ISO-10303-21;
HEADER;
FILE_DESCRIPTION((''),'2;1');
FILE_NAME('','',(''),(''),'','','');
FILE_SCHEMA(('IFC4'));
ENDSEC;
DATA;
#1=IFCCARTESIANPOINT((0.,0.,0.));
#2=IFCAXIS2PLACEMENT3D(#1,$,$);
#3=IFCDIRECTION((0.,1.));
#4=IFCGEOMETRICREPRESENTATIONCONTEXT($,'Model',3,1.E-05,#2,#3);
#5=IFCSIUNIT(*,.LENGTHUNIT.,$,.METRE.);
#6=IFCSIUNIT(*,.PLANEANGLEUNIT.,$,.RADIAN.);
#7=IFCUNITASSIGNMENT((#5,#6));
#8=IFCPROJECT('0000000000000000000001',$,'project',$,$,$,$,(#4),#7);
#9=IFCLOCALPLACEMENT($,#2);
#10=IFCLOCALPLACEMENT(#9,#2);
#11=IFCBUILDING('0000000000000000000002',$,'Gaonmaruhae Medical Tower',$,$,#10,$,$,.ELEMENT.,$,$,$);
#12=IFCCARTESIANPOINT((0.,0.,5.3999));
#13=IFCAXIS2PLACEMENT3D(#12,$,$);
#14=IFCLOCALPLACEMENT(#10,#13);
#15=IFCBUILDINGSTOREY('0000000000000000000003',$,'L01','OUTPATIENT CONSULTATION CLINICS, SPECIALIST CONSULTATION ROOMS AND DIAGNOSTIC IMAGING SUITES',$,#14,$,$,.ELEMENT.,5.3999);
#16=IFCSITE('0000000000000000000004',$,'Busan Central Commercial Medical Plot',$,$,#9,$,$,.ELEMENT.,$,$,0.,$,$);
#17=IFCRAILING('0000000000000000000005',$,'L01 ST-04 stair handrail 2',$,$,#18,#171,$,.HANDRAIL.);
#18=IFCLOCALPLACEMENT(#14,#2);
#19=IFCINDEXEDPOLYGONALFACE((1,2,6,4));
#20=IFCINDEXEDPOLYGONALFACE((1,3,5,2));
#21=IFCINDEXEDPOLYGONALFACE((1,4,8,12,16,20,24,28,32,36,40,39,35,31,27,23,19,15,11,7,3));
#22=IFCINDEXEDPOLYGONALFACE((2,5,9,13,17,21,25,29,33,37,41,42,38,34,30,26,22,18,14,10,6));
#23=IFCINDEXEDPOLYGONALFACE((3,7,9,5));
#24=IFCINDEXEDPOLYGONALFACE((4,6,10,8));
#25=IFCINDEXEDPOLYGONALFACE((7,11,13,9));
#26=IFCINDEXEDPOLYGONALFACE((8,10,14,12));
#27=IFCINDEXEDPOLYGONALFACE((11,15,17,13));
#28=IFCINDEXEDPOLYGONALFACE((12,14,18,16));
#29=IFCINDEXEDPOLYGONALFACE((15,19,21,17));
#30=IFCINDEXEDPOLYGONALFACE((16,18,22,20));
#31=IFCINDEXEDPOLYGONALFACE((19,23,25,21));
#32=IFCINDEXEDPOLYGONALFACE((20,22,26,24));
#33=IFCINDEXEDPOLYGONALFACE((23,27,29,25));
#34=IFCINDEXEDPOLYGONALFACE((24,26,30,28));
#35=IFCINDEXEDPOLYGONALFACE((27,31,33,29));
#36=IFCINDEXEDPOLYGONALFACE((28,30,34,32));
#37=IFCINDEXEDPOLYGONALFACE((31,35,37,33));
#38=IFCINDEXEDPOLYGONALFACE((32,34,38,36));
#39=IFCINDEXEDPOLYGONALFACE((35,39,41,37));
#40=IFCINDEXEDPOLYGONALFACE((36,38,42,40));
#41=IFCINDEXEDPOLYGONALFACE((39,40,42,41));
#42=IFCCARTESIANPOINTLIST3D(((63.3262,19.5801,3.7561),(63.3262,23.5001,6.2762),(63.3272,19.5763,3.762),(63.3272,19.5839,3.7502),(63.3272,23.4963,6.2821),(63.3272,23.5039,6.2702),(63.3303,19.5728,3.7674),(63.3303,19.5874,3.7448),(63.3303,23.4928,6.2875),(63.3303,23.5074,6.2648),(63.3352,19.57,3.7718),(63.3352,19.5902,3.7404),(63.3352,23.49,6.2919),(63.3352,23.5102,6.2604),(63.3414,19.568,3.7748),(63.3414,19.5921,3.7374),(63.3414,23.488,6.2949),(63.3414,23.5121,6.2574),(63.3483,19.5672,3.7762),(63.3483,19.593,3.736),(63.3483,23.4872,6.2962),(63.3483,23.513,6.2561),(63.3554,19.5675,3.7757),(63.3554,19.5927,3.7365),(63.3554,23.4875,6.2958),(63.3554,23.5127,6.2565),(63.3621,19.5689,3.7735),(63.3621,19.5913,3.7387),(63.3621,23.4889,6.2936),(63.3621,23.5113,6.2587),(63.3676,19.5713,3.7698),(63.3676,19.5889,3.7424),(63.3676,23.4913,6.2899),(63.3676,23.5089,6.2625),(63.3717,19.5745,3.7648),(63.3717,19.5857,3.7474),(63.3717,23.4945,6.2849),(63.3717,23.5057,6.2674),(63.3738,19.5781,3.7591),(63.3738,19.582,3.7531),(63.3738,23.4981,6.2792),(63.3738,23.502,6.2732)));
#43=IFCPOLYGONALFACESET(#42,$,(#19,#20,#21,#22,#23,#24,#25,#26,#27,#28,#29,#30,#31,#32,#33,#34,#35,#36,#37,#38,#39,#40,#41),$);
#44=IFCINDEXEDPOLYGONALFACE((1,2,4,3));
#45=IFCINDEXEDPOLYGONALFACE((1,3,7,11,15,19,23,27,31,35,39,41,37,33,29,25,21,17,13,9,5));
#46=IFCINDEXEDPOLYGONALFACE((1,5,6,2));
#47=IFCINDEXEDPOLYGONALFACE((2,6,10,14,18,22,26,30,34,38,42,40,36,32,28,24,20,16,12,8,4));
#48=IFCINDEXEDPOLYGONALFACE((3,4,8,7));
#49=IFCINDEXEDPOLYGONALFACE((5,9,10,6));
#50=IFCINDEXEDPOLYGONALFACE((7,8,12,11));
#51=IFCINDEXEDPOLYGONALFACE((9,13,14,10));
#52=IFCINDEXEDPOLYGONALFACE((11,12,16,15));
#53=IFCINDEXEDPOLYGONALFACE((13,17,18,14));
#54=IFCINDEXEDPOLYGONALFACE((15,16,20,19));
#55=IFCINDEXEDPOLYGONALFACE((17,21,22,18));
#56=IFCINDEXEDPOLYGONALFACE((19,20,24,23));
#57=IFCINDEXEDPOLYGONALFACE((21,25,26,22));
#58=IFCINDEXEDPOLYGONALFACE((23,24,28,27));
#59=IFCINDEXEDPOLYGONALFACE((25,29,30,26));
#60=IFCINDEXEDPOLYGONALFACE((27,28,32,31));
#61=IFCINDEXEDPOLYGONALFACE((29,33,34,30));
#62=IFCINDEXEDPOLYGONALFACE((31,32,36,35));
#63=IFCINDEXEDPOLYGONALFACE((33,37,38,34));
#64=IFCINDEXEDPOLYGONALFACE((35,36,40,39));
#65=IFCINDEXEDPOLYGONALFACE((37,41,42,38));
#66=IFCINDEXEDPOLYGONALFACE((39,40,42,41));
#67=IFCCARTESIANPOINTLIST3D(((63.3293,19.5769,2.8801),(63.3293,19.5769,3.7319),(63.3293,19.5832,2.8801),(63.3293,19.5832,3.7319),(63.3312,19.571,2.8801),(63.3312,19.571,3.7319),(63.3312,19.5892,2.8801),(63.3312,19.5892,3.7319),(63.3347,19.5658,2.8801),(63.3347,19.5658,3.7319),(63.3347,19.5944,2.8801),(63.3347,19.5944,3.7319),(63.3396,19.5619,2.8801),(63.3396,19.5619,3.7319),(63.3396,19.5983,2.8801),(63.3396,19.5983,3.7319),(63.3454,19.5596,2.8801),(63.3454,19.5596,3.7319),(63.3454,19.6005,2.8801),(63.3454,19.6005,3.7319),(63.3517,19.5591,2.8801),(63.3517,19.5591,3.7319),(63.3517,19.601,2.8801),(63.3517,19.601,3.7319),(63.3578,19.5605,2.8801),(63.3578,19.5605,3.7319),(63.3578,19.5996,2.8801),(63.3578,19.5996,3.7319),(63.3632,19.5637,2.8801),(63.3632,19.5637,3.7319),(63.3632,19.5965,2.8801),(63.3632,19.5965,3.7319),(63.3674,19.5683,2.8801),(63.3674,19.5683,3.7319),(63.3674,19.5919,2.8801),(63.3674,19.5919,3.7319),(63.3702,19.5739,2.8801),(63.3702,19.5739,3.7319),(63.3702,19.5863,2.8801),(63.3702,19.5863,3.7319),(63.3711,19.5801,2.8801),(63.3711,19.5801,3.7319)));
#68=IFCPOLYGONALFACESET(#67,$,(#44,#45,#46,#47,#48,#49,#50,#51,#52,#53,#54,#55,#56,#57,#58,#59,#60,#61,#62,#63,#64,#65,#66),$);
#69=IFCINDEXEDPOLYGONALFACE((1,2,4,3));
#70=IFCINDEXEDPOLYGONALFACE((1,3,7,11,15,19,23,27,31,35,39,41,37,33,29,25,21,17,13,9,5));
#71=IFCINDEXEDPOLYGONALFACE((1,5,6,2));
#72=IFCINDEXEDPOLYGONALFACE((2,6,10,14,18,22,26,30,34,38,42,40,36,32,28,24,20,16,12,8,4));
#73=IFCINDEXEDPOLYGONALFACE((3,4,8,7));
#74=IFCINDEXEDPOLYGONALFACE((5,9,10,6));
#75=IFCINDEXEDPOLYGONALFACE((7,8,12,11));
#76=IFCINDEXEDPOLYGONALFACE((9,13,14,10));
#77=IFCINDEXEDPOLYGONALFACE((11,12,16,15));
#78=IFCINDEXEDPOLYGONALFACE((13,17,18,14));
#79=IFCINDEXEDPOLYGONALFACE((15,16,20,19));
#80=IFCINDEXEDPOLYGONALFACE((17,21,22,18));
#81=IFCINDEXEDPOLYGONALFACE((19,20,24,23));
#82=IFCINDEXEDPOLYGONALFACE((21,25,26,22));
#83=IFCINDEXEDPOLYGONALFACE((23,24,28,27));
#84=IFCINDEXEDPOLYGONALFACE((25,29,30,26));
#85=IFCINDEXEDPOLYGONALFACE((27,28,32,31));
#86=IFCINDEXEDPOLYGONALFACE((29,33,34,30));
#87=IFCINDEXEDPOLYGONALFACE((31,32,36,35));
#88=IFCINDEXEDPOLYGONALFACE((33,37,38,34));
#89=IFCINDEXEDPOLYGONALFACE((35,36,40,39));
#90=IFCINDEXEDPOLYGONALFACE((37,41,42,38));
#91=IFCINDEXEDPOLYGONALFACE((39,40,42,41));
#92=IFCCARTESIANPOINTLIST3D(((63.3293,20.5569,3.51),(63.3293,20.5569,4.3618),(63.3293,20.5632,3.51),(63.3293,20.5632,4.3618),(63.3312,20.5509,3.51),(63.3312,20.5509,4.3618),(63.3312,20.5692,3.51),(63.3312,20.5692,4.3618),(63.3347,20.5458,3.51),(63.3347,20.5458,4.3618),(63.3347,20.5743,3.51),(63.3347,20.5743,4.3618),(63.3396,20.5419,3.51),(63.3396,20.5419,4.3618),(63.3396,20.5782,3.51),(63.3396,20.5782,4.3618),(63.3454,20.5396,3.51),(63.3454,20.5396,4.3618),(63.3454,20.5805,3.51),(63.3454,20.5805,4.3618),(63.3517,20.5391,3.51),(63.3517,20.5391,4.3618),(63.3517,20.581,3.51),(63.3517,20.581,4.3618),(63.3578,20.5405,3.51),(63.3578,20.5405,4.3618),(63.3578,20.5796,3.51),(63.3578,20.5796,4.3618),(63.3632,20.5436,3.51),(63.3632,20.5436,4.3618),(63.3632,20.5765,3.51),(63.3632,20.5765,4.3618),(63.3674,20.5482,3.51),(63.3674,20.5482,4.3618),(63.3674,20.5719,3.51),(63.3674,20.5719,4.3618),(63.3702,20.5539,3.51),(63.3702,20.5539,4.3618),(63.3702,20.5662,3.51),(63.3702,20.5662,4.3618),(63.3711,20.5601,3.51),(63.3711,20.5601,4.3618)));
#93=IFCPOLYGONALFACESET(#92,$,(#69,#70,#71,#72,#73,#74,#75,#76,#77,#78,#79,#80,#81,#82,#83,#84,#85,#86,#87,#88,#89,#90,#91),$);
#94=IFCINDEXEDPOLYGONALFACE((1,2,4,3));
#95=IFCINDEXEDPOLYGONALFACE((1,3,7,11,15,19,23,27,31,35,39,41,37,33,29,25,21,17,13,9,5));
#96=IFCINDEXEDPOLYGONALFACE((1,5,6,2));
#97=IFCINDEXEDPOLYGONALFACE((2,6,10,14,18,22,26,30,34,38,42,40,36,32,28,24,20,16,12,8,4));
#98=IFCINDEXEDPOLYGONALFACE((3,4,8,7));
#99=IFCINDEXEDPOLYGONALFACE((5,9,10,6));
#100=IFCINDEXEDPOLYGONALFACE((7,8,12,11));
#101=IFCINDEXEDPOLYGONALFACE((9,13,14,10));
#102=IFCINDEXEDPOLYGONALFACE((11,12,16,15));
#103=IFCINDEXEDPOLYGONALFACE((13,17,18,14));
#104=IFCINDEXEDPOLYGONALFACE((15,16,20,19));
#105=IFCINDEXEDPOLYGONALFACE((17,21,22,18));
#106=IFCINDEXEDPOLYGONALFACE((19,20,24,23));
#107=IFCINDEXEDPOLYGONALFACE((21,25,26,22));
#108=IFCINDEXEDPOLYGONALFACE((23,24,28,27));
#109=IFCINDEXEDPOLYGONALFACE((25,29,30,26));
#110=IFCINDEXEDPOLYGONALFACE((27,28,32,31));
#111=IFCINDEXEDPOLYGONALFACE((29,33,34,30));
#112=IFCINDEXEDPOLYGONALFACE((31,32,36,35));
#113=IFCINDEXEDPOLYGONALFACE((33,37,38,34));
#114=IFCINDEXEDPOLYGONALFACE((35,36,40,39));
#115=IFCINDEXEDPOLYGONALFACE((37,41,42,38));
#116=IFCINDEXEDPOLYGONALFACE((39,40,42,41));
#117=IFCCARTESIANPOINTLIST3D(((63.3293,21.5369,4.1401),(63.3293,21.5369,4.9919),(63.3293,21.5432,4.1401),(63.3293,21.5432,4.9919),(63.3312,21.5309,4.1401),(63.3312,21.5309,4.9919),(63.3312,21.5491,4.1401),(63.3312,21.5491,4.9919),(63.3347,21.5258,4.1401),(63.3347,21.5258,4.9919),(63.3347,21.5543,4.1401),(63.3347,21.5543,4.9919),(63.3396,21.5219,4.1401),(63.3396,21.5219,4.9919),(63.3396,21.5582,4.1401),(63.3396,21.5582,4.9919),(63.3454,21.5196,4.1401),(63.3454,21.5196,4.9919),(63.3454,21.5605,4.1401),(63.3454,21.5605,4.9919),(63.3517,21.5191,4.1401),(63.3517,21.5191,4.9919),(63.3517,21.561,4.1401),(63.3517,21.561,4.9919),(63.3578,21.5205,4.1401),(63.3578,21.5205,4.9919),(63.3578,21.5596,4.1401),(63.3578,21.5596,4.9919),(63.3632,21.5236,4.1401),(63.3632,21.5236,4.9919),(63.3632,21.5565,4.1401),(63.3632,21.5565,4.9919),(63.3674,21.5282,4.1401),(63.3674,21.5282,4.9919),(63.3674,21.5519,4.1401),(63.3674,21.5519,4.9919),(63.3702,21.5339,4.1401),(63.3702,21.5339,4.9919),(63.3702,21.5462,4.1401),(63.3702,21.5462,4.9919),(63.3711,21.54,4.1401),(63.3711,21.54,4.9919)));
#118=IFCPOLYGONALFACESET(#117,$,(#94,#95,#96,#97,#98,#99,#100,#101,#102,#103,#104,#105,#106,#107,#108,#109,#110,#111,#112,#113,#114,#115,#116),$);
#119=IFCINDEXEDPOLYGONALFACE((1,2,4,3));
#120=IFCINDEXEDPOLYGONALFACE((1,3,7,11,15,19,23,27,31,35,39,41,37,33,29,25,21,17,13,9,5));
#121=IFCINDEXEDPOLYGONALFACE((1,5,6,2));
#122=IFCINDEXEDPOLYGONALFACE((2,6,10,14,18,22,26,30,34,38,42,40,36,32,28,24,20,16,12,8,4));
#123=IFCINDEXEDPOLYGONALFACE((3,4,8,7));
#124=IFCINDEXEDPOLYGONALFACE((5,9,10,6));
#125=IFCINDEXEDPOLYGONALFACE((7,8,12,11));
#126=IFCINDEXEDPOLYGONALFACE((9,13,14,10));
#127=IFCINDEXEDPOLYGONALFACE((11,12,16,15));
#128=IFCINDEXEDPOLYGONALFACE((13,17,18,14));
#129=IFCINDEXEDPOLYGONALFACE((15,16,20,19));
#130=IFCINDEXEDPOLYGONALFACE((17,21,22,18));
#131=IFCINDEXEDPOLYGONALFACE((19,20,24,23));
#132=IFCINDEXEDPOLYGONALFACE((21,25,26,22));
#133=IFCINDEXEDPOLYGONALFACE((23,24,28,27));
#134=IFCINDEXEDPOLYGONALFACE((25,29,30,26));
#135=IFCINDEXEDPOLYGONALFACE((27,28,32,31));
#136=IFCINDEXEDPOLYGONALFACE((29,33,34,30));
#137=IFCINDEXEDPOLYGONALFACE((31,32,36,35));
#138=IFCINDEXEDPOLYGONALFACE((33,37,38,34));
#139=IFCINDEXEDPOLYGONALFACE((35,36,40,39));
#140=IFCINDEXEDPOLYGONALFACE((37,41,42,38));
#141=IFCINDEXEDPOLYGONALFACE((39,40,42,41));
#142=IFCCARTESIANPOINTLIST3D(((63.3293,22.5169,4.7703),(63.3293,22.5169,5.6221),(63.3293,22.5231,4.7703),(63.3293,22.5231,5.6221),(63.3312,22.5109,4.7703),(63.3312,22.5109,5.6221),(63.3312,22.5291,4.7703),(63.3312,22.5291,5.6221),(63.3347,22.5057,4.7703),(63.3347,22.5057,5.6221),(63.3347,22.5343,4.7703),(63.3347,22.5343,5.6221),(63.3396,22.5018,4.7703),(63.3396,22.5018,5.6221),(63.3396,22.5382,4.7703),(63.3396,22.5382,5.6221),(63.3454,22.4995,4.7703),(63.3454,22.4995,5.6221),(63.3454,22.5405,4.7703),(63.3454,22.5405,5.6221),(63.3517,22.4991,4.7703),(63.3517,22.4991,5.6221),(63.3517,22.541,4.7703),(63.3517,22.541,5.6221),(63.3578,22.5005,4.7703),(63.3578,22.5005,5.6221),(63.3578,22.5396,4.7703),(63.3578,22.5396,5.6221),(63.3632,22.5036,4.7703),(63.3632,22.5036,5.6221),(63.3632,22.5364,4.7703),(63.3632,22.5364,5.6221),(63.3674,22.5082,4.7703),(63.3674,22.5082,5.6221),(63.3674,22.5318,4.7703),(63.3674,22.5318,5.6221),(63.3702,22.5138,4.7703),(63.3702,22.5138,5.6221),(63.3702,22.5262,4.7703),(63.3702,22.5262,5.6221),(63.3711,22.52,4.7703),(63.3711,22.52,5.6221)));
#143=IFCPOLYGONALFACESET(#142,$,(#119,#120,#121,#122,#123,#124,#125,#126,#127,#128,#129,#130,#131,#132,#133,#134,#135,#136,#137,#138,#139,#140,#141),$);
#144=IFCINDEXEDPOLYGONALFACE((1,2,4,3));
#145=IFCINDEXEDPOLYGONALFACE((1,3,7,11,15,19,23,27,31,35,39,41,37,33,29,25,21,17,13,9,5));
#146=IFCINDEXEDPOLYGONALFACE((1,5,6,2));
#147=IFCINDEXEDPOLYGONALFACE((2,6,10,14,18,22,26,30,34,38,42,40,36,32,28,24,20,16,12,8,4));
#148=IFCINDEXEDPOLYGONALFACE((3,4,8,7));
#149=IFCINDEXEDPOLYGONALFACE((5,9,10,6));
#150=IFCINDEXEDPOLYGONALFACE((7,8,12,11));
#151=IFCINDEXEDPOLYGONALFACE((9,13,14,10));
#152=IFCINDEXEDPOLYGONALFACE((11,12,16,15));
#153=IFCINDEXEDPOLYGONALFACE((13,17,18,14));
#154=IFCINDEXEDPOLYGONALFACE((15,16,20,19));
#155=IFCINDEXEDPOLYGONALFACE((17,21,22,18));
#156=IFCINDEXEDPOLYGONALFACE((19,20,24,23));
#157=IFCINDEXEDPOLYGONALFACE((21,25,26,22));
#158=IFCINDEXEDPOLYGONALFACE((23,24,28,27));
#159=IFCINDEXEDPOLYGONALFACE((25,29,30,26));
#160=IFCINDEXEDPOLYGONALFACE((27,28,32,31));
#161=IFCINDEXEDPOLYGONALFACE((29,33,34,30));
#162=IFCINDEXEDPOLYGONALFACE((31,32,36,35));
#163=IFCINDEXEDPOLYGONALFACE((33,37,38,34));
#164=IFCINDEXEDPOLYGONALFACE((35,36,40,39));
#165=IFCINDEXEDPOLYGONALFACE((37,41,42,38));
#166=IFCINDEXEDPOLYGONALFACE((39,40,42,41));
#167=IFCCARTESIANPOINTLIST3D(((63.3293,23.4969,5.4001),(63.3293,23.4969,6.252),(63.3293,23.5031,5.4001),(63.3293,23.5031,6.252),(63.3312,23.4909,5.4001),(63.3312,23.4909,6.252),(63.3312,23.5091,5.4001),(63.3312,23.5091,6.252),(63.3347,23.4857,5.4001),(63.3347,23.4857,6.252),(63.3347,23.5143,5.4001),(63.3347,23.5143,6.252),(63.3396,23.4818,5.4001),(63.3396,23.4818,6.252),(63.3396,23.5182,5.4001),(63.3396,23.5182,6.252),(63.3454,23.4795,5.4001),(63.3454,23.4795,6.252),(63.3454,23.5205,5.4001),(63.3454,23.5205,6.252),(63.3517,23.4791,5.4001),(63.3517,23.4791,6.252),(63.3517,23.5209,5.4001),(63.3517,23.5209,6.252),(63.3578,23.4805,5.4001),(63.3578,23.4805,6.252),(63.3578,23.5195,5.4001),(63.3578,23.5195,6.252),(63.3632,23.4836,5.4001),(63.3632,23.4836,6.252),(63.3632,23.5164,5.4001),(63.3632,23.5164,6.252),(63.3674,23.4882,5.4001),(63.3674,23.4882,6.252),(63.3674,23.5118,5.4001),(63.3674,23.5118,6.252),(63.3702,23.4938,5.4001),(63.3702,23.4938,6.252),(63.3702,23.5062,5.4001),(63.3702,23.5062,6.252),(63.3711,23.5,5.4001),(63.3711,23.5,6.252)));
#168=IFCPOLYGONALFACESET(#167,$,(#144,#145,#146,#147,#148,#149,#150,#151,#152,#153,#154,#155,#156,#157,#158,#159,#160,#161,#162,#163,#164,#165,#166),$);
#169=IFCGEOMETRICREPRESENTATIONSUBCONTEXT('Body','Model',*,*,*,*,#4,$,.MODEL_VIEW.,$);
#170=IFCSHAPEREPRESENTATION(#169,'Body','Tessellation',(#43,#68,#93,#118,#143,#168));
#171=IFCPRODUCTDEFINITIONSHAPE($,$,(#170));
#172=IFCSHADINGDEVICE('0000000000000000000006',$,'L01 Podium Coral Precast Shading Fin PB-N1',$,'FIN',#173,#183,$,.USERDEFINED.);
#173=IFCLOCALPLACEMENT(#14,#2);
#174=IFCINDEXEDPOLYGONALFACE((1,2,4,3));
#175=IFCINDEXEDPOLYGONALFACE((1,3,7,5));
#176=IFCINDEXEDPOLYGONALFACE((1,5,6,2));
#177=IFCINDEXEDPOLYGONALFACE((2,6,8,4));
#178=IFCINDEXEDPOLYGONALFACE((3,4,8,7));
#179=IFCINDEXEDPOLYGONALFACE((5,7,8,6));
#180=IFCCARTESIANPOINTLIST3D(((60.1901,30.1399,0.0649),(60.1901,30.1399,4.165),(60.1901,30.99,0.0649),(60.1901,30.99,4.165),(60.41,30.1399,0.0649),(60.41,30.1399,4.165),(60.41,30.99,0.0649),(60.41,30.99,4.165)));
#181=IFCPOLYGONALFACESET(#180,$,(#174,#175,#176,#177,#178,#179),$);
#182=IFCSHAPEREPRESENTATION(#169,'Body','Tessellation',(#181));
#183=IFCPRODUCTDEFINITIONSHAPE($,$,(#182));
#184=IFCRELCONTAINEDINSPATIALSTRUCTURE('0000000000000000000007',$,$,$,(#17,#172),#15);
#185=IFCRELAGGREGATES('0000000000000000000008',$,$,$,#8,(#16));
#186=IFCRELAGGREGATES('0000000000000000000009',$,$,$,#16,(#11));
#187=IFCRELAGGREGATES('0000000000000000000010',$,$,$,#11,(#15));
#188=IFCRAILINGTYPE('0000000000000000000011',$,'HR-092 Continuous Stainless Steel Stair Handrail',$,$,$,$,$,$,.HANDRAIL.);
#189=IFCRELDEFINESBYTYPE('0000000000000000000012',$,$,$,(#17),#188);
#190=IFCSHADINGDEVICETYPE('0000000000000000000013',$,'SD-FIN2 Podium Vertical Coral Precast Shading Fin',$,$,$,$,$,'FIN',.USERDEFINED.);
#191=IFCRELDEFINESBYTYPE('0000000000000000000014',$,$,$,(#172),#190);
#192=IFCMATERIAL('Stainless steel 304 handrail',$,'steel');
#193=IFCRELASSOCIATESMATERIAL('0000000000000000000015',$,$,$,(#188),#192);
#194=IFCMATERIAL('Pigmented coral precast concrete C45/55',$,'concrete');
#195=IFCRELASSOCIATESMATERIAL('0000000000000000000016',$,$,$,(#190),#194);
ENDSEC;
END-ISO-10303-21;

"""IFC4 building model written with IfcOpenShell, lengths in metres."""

from ifc_helpers import new_model, si_unit, direction, frame, origin, origin_2d, place, context, subcontext, project, spatial, rectangle, circle, extrude, material, type_object, element, save


model = new_model("IFC4")

# Units and contexts
model_context = context("Model", 3, precision=1e-05, world=origin(), true_north=direction((0.0, 1.0)))
body_context = subcontext(model_context, "Body", "Model", "MODEL_VIEW")
ifc_project = project(units=[si_unit("LENGTHUNIT", "METRE"), si_unit("PLANEANGLEUNIT", "RADIAN")], contexts=[model_context])

# Site, building, storey
site_placement = place(None, origin())
site = spatial("IfcSite", under=ifc_project, at=site_placement, Name="Busan Central Commercial Medical Plot", CompositionType="ELEMENT", RefElevation=0.0)
building_placement = place(site_placement, origin())
building = spatial("IfcBuilding", under=site, at=building_placement, Name="Gaonmaruhae Medical Tower", CompositionType="ELEMENT")
storey_placement = place(building_placement, frame((0.0, 0.0, 5.3999)))
storey = spatial("IfcBuildingStorey", under=building, at=storey_placement, Name="L01", Description="OUTPATIENT CONSULTATION CLINICS, SPECIALIST CONSULTATION ROOMS AND DIAGNOSTIC IMAGING SUITES", CompositionType="ELEMENT", Elevation=5.3999)

# Railing
ifc_material_1 = material(Name="Stainless steel 304 handrail", Category="steel")
railing_type_1 = type_object("IfcRailingType", Name="HR-092 Continuous Stainless Steel Stair Handrail", PredefinedType="HANDRAIL", material=ifc_material_1)
railing_1_placement = place(storey_placement, frame((63.3501, 19.5801, 2.8801)))
element("IfcRailing", 1, at=railing_1_placement, inside=storey, type_object=railing_type_1, Name="L01 ST-04 stair handrail 2", PredefinedType="HANDRAIL", context=body_context, shape_type="SweptSolid", body=[
    extrude(circle(Radius=0.0239, at=origin_2d()), frame((0.0, 0.0, 0.876), z_axis=(0.0, 0.841172, 0.540768), x_axis=(-1.0, 0.0, 0.0)), (0.0, 0.0, 1.0), 4.6602),
    extrude(circle(Radius=0.021, at=origin_2d()), origin(), (0.0, 0.0, 1.0), 0.8518),
    extrude(circle(Radius=0.021, at=origin_2d()), frame((0.0, 0.98, 0.6299)), (0.0, 0.0, 1.0), 0.8518),
    extrude(circle(Radius=0.021, at=origin_2d()), frame((0.0, 1.96, 1.26)), (0.0, 0.0, 1.0), 0.8518),
    extrude(circle(Radius=0.021, at=origin_2d()), frame((0.0, 2.9399, 1.8901)), (0.0, 0.0, 1.0), 0.8518),
    extrude(circle(Radius=0.021, at=origin_2d()), frame((0.0, 3.9199, 2.52)), (0.0, 0.0, 1.0), 0.8518),
])

# Shading device
ifc_material_2 = material(Name="Pigmented coral precast concrete C45/55", Category="concrete")
shading_device_type = type_object("IfcShadingDeviceType", Name="SD-FIN2 Podium Vertical Coral Precast Shading Fin", ElementType="FIN", PredefinedType="USERDEFINED", material=ifc_material_2)
shading_device_placement = place(storey_placement, frame((60.3, 30.5649, 0.0649), z_axis=(0.0, 0.0, 1.0), x_axis=(1.0, 0.0, 0.0)))
element("IfcShadingDevice", 2, at=shading_device_placement, inside=storey, type_object=shading_device_type, Name="L01 Podium Coral Precast Shading Fin PB-N1", ObjectType="FIN", PredefinedType="USERDEFINED", context=body_context, shape_type="SweptSolid", body=[
    extrude(rectangle(XDim=0.22, YDim=0.8501, at=origin_2d()), origin(), (0.0, 0.0, 1.0), 4.1001),
])

save(model, "model.ifc")
